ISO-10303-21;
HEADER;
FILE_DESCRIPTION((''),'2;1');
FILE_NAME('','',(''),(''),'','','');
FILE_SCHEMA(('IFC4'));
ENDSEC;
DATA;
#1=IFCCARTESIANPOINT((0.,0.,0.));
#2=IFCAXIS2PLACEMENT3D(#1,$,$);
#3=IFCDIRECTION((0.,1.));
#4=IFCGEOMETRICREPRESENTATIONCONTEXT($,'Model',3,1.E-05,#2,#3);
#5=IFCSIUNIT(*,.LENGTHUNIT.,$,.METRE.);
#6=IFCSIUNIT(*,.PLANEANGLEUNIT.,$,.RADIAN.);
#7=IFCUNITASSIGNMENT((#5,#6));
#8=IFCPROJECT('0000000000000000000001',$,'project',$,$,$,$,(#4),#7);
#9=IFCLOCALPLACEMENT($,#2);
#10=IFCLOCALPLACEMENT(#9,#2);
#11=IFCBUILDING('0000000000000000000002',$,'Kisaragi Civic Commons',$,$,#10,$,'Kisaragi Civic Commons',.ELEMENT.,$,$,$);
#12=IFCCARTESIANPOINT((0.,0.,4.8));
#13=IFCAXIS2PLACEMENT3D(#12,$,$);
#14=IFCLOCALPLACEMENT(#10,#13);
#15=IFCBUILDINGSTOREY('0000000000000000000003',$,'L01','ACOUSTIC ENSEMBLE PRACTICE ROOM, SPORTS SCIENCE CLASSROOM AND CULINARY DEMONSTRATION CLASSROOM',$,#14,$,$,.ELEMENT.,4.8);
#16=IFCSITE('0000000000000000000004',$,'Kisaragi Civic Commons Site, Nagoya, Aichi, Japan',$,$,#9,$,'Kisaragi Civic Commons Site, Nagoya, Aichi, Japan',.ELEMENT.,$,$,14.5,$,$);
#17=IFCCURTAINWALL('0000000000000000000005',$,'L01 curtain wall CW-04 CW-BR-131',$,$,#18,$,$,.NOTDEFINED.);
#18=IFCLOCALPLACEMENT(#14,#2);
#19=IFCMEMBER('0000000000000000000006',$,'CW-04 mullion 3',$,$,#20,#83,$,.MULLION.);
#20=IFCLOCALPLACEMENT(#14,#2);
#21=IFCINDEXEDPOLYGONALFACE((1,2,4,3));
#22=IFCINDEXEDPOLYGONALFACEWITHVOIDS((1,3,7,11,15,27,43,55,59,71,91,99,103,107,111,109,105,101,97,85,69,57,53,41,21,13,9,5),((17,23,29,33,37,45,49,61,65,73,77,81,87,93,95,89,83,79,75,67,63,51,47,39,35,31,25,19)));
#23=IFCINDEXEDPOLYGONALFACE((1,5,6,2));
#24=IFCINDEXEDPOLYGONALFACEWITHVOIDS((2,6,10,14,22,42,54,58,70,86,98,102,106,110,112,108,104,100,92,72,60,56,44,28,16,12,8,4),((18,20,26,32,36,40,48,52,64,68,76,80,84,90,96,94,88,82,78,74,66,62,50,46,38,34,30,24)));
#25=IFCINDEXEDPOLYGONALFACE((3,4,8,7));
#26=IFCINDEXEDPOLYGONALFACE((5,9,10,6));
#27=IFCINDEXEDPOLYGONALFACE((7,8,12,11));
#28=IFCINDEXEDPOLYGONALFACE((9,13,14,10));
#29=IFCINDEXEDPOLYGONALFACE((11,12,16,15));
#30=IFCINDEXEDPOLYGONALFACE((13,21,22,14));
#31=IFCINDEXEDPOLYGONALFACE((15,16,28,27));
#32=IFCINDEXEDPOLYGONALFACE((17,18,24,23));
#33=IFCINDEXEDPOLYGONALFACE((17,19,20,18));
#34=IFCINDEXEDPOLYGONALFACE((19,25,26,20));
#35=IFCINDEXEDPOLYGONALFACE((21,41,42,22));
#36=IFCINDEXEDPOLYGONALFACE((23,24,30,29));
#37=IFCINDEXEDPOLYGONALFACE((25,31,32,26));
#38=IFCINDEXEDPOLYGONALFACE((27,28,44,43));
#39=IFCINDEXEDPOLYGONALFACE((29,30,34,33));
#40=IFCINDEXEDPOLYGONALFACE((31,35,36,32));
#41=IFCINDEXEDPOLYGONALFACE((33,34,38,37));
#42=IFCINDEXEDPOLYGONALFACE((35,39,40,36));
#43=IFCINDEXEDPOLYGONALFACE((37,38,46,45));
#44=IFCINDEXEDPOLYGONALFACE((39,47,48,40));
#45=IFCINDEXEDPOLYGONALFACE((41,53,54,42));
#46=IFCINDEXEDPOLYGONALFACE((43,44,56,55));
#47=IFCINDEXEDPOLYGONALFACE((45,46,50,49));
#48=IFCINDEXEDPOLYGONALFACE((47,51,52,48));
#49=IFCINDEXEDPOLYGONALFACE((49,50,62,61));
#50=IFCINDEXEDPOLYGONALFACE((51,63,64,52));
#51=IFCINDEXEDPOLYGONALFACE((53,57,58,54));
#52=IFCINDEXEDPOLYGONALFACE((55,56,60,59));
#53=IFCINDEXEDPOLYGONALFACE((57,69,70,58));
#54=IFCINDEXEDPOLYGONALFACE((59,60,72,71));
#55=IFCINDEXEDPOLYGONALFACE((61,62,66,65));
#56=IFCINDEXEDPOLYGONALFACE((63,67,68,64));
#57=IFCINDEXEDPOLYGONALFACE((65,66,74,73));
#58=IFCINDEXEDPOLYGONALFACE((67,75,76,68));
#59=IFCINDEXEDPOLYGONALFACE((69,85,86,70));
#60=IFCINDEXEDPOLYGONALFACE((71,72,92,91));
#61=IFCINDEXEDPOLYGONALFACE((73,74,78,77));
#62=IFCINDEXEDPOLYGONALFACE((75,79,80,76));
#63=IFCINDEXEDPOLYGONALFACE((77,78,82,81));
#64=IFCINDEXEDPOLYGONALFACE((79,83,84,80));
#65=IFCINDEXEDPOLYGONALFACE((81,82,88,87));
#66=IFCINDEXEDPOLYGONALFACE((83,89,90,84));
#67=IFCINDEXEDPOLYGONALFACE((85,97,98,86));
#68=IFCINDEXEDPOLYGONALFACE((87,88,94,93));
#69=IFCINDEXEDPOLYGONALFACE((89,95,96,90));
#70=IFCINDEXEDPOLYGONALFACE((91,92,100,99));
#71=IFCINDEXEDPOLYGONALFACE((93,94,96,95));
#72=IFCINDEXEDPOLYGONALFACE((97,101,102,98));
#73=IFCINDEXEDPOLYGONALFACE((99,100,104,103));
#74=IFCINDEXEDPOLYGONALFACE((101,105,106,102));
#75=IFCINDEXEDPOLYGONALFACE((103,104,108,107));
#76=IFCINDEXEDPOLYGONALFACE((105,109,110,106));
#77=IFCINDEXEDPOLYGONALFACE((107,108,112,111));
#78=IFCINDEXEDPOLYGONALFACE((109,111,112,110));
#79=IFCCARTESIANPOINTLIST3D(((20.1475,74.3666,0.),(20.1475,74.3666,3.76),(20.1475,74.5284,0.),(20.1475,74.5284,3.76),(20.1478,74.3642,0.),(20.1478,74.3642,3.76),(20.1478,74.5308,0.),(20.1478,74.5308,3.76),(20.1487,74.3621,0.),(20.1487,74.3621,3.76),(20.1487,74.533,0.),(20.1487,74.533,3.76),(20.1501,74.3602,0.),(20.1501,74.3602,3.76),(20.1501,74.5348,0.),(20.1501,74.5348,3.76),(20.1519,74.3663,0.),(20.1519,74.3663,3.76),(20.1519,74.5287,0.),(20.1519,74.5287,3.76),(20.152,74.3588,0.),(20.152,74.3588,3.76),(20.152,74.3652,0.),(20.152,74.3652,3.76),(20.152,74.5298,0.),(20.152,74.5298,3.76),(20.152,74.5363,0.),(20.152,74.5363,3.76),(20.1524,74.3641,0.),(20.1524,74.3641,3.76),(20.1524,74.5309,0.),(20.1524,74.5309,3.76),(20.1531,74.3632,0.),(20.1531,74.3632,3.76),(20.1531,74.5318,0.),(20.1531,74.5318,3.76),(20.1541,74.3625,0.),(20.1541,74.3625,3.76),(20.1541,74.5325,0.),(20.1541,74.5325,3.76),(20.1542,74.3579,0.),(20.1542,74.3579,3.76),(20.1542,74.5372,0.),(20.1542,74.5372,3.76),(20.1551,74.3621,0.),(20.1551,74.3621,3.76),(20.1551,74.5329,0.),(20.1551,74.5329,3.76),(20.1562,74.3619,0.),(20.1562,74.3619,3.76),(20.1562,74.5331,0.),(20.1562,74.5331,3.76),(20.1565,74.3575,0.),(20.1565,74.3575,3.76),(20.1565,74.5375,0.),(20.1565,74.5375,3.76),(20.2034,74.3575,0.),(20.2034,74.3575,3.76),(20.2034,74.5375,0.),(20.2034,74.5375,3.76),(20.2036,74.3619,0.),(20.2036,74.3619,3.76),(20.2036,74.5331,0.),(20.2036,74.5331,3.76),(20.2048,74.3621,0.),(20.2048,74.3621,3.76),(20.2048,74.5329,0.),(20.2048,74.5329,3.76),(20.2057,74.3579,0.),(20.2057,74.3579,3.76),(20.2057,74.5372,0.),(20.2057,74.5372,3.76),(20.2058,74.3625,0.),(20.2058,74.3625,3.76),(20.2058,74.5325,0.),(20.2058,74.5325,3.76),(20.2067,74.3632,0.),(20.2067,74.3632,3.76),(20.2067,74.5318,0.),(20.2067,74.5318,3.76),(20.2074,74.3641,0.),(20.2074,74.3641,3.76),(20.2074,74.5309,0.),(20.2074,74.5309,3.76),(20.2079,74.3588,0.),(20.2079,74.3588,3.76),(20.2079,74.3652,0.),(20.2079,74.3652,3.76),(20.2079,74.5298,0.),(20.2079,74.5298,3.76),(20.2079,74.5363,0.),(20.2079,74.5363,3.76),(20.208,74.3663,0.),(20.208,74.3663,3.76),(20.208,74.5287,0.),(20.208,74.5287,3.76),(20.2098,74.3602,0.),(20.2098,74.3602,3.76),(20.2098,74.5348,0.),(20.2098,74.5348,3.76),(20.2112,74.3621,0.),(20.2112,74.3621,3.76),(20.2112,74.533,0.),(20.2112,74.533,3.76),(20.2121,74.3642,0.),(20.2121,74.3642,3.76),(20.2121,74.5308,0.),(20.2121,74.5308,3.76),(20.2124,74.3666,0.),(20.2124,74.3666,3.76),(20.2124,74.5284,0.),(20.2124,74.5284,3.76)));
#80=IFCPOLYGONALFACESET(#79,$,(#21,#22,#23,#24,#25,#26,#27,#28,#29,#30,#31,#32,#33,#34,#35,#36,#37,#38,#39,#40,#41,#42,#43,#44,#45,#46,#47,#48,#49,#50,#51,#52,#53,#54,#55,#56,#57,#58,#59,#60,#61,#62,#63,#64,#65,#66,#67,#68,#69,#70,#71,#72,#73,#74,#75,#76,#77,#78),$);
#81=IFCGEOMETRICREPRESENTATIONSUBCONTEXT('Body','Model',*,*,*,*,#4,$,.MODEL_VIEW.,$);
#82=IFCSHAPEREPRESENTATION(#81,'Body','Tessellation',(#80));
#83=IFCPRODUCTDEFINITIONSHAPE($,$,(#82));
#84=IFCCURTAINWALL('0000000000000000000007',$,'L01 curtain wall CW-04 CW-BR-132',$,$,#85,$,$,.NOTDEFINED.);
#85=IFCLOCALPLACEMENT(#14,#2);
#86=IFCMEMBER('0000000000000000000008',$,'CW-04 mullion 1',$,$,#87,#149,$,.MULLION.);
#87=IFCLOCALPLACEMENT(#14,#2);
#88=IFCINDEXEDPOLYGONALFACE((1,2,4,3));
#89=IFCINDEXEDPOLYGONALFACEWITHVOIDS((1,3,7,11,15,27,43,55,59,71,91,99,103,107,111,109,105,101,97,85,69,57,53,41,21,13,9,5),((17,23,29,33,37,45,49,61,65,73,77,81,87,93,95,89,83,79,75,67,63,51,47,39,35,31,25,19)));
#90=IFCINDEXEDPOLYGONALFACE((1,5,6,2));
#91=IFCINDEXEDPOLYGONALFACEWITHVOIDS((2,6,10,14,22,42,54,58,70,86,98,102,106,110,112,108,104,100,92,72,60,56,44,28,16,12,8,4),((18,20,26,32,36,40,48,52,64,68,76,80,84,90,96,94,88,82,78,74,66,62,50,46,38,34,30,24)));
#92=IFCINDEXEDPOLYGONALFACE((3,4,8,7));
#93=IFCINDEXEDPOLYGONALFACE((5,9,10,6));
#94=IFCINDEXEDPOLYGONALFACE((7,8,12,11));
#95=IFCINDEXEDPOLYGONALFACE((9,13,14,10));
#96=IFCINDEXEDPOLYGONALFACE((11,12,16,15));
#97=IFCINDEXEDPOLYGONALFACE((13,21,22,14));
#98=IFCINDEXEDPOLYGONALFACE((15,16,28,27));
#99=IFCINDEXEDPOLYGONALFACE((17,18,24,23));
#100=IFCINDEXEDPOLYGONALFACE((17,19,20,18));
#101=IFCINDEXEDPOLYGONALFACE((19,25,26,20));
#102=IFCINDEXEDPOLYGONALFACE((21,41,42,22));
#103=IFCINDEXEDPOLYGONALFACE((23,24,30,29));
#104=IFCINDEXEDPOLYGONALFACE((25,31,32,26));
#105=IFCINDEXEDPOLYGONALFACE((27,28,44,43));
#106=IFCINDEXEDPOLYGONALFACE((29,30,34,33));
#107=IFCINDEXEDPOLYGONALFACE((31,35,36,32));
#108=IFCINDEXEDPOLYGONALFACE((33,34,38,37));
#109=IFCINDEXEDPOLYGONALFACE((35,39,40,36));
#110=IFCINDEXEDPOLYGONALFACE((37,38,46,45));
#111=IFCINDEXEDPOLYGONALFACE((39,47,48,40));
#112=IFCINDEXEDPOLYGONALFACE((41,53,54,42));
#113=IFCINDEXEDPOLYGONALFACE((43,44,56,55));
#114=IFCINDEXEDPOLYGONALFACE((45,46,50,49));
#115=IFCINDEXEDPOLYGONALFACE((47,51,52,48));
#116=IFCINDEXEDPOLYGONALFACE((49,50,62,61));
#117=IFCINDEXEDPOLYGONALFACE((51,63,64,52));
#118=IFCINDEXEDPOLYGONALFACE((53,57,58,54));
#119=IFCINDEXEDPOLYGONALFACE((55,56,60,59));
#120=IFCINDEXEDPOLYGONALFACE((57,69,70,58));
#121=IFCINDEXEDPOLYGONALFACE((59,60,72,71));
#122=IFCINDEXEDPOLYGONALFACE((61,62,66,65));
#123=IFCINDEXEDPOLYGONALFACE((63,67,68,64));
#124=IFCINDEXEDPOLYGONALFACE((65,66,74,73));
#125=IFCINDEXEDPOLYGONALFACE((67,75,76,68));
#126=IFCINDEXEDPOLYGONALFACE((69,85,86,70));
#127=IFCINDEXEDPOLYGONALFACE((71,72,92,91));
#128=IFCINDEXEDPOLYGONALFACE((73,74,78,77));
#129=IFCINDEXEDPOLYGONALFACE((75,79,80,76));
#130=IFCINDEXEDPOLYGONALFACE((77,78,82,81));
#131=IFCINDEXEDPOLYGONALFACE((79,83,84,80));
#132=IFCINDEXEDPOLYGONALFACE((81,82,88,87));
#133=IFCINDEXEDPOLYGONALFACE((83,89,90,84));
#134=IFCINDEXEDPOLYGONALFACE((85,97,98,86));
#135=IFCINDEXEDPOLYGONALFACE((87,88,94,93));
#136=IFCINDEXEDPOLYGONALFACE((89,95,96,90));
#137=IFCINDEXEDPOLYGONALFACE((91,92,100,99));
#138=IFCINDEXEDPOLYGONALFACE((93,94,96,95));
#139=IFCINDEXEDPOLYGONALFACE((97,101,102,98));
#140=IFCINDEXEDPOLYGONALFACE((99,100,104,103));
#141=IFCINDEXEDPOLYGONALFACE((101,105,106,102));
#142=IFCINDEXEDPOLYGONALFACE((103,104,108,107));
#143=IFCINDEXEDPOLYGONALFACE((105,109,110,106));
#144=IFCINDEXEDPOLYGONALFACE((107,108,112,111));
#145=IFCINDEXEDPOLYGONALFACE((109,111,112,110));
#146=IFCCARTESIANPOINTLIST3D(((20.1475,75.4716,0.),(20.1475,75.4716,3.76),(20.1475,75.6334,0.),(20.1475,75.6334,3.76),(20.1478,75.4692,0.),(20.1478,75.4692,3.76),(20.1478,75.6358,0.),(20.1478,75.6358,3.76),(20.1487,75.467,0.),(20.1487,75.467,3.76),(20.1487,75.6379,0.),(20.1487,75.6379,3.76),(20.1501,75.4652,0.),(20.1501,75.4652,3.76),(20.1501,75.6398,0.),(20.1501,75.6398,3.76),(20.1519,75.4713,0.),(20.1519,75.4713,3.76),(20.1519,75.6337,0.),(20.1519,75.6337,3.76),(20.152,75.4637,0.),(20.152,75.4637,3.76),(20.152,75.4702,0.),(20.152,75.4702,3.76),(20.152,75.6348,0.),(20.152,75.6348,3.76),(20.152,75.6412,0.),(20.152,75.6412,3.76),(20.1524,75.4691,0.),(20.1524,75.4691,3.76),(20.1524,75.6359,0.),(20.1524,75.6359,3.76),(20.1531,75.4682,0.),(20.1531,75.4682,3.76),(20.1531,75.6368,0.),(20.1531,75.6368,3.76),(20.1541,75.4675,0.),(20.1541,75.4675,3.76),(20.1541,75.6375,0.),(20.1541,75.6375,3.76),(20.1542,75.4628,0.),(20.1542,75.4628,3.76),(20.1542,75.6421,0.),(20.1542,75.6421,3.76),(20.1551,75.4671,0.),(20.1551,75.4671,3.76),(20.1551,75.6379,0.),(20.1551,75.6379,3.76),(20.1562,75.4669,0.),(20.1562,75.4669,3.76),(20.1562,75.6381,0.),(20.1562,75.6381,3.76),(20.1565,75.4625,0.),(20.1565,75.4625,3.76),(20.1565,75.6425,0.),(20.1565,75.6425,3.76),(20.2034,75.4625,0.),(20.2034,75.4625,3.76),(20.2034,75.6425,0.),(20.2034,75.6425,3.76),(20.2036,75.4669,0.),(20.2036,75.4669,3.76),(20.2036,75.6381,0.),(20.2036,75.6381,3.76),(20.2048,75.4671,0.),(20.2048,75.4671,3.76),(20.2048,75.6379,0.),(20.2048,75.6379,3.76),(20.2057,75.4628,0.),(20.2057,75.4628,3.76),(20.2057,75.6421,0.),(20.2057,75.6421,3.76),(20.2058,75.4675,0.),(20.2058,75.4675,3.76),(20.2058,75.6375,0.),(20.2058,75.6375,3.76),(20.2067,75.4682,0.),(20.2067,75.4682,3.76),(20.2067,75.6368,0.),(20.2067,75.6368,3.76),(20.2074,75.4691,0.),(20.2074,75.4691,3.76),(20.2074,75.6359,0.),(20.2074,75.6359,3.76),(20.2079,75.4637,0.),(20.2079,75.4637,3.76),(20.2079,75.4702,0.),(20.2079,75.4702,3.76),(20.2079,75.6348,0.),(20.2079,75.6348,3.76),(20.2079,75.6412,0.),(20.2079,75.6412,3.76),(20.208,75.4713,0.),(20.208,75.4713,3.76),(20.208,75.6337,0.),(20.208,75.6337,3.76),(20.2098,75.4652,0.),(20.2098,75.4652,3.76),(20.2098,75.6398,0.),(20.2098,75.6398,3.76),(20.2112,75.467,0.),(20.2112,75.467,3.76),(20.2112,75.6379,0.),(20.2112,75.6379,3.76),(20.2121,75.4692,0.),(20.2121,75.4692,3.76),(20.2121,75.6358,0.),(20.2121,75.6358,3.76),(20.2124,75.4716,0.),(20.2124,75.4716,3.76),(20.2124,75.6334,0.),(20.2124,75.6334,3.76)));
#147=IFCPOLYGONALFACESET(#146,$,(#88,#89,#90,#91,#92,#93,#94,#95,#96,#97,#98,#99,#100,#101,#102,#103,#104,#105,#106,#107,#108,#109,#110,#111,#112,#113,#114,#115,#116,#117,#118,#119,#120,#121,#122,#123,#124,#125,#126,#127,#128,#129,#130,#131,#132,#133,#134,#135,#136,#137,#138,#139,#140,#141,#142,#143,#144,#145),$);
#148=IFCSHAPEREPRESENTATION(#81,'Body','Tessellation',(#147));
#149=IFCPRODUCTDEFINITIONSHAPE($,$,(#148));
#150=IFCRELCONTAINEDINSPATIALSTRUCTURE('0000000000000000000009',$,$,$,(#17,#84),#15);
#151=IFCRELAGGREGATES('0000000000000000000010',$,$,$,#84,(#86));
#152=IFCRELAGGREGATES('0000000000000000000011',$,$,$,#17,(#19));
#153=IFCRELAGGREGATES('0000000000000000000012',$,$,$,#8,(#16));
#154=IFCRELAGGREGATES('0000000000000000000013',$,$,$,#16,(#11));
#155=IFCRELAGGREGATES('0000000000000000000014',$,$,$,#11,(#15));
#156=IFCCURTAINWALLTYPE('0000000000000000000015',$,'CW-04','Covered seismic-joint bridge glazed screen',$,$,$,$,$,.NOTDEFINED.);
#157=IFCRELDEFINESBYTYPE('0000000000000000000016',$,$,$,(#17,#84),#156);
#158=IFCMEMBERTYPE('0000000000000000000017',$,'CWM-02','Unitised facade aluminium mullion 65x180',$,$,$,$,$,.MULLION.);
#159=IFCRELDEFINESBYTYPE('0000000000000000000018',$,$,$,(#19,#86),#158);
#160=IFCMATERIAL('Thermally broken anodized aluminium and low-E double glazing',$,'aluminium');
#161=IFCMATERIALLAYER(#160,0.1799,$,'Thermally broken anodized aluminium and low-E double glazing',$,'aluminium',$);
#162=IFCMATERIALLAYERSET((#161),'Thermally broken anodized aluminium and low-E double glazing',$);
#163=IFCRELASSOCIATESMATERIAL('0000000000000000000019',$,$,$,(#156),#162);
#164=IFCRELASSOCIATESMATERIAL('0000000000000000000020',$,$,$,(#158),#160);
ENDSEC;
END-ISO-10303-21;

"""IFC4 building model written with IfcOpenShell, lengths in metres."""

from ifc_helpers import new_model, si_unit, direction, frame, origin, origin_2d, place, context, subcontext, project, spatial, hollow_rectangle, extrude, material, layer, layer_set, material_profile, profile_set, type_object, element, aggregate, save


model = new_model("IFC4")

# Units and contexts
model_context = context("Model", 3, precision=1e-05, world=origin(), true_north=direction((0.0, 1.0)))
body_context = subcontext(model_context, "Body", "Model", "MODEL_VIEW")
ifc_project = project(units=[si_unit("LENGTHUNIT", "METRE"), si_unit("PLANEANGLEUNIT", "RADIAN")], contexts=[model_context])

# Site, building, storey
site_placement = place(None, origin())
site = spatial("IfcSite", under=ifc_project, at=site_placement, Name="Kisaragi Civic Commons Site, Nagoya, Aichi, Japan", LongName="Kisaragi Civic Commons Site, Nagoya, Aichi, Japan", CompositionType="ELEMENT", RefElevation=14.5)
building_placement = place(site_placement, origin())
building = spatial("IfcBuilding", under=site, at=building_placement, Name="Kisaragi Civic Commons", LongName="Kisaragi Civic Commons", CompositionType="ELEMENT")
storey_placement = place(building_placement, frame((0.0, 0.0, 4.8)))
storey = spatial("IfcBuildingStorey", under=building, at=storey_placement, Name="L01", Description="ACOUSTIC ENSEMBLE PRACTICE ROOM, SPORTS SCIENCE CLASSROOM AND CULINARY DEMONSTRATION CLASSROOM", CompositionType="ELEMENT", Elevation=4.8)

# Curtain walls, members
ifc_material_1 = material(Name="Thermally broken anodized aluminium and low-E double glazing", Category="aluminium")
ifc_layer_1 = layer(ifc_material_1, 0.1799, Name="Thermally broken anodized aluminium and low-E double glazing", Category="aluminium")
ifc_layer_set_1 = layer_set([ifc_layer_1], Name="Thermally broken anodized aluminium and low-E double glazing")
curtain_wall_type = type_object("IfcCurtainWallType", Name="CW-04", Description="Covered seismic-joint bridge glazed screen", PredefinedType="NOTDEFINED", material=ifc_layer_set_1)
ifc_material_profile_1 = material_profile(ifc_material_1, hollow_rectangle(XDim=0.0649, YDim=0.1799, WallThickness=0.0044, InnerFilletRadius=0.0044, OuterFilletRadius=0.009, at=origin_2d()), Name="CWM-65x180x4.5", Category="aluminium")
ifc_profile_set_1 = profile_set([ifc_material_profile_1], Name="Thermally broken anodized aluminium and low-E double glazing")
member_type_1 = type_object("IfcMemberType", Name="CWM-02", Description="Unitised facade aluminium mullion 65x180", PredefinedType="MULLION", material=ifc_profile_set_1)
curtain_wall_1_placement = place(storey_placement, origin())
curtain_wall_1 = element("IfcCurtainWall", 1, at=curtain_wall_1_placement, inside=storey, type_object=curtain_wall_type, Name="L01 curtain wall CW-04 CW-BR-131", PredefinedType="NOTDEFINED")
member_1_placement = place(storey_placement, frame((20.1799, 74.4475, 0.0), z_axis=(0.0, 0.0, 1.0), x_axis=(-1.0, 0.0, 0.0)))
member_1 = element("IfcMember", 2, at=member_1_placement, type_object=member_type_1, Name="CW-04 mullion 3", PredefinedType="MULLION", context=body_context, shape_type="SweptSolid", body=[
    extrude(hollow_rectangle(XDim=0.0649, YDim=0.1799, WallThickness=0.0044, InnerFilletRadius=0.0044, OuterFilletRadius=0.009, at=origin_2d()), origin(), (0.0, 0.0, 1.0), 3.76),
])
curtain_wall_2_placement = place(storey_placement, origin())
curtain_wall_2 = element("IfcCurtainWall", 3, at=curtain_wall_2_placement, inside=storey, type_object=curtain_wall_type, Name="L01 curtain wall CW-04 CW-BR-132", PredefinedType="NOTDEFINED")
member_2_placement = place(storey_placement, frame((20.1799, 75.5525, 0.0), z_axis=(0.0, 0.0, 1.0), x_axis=(-1.0, 0.0, 0.0)))
member_2 = element("IfcMember", 4, at=member_2_placement, type_object=member_type_1, Name="CW-04 mullion 1", PredefinedType="MULLION", context=body_context, shape_type="SweptSolid", body=[
    extrude(hollow_rectangle(XDim=0.0649, YDim=0.1799, WallThickness=0.0044, InnerFilletRadius=0.0044, OuterFilletRadius=0.009, at=origin_2d()), origin(), (0.0, 0.0, 1.0), 3.76),
])

aggregate(curtain_wall_2, [member_2])

aggregate(curtain_wall_1, [member_1])

save(model, "model.ifc")
